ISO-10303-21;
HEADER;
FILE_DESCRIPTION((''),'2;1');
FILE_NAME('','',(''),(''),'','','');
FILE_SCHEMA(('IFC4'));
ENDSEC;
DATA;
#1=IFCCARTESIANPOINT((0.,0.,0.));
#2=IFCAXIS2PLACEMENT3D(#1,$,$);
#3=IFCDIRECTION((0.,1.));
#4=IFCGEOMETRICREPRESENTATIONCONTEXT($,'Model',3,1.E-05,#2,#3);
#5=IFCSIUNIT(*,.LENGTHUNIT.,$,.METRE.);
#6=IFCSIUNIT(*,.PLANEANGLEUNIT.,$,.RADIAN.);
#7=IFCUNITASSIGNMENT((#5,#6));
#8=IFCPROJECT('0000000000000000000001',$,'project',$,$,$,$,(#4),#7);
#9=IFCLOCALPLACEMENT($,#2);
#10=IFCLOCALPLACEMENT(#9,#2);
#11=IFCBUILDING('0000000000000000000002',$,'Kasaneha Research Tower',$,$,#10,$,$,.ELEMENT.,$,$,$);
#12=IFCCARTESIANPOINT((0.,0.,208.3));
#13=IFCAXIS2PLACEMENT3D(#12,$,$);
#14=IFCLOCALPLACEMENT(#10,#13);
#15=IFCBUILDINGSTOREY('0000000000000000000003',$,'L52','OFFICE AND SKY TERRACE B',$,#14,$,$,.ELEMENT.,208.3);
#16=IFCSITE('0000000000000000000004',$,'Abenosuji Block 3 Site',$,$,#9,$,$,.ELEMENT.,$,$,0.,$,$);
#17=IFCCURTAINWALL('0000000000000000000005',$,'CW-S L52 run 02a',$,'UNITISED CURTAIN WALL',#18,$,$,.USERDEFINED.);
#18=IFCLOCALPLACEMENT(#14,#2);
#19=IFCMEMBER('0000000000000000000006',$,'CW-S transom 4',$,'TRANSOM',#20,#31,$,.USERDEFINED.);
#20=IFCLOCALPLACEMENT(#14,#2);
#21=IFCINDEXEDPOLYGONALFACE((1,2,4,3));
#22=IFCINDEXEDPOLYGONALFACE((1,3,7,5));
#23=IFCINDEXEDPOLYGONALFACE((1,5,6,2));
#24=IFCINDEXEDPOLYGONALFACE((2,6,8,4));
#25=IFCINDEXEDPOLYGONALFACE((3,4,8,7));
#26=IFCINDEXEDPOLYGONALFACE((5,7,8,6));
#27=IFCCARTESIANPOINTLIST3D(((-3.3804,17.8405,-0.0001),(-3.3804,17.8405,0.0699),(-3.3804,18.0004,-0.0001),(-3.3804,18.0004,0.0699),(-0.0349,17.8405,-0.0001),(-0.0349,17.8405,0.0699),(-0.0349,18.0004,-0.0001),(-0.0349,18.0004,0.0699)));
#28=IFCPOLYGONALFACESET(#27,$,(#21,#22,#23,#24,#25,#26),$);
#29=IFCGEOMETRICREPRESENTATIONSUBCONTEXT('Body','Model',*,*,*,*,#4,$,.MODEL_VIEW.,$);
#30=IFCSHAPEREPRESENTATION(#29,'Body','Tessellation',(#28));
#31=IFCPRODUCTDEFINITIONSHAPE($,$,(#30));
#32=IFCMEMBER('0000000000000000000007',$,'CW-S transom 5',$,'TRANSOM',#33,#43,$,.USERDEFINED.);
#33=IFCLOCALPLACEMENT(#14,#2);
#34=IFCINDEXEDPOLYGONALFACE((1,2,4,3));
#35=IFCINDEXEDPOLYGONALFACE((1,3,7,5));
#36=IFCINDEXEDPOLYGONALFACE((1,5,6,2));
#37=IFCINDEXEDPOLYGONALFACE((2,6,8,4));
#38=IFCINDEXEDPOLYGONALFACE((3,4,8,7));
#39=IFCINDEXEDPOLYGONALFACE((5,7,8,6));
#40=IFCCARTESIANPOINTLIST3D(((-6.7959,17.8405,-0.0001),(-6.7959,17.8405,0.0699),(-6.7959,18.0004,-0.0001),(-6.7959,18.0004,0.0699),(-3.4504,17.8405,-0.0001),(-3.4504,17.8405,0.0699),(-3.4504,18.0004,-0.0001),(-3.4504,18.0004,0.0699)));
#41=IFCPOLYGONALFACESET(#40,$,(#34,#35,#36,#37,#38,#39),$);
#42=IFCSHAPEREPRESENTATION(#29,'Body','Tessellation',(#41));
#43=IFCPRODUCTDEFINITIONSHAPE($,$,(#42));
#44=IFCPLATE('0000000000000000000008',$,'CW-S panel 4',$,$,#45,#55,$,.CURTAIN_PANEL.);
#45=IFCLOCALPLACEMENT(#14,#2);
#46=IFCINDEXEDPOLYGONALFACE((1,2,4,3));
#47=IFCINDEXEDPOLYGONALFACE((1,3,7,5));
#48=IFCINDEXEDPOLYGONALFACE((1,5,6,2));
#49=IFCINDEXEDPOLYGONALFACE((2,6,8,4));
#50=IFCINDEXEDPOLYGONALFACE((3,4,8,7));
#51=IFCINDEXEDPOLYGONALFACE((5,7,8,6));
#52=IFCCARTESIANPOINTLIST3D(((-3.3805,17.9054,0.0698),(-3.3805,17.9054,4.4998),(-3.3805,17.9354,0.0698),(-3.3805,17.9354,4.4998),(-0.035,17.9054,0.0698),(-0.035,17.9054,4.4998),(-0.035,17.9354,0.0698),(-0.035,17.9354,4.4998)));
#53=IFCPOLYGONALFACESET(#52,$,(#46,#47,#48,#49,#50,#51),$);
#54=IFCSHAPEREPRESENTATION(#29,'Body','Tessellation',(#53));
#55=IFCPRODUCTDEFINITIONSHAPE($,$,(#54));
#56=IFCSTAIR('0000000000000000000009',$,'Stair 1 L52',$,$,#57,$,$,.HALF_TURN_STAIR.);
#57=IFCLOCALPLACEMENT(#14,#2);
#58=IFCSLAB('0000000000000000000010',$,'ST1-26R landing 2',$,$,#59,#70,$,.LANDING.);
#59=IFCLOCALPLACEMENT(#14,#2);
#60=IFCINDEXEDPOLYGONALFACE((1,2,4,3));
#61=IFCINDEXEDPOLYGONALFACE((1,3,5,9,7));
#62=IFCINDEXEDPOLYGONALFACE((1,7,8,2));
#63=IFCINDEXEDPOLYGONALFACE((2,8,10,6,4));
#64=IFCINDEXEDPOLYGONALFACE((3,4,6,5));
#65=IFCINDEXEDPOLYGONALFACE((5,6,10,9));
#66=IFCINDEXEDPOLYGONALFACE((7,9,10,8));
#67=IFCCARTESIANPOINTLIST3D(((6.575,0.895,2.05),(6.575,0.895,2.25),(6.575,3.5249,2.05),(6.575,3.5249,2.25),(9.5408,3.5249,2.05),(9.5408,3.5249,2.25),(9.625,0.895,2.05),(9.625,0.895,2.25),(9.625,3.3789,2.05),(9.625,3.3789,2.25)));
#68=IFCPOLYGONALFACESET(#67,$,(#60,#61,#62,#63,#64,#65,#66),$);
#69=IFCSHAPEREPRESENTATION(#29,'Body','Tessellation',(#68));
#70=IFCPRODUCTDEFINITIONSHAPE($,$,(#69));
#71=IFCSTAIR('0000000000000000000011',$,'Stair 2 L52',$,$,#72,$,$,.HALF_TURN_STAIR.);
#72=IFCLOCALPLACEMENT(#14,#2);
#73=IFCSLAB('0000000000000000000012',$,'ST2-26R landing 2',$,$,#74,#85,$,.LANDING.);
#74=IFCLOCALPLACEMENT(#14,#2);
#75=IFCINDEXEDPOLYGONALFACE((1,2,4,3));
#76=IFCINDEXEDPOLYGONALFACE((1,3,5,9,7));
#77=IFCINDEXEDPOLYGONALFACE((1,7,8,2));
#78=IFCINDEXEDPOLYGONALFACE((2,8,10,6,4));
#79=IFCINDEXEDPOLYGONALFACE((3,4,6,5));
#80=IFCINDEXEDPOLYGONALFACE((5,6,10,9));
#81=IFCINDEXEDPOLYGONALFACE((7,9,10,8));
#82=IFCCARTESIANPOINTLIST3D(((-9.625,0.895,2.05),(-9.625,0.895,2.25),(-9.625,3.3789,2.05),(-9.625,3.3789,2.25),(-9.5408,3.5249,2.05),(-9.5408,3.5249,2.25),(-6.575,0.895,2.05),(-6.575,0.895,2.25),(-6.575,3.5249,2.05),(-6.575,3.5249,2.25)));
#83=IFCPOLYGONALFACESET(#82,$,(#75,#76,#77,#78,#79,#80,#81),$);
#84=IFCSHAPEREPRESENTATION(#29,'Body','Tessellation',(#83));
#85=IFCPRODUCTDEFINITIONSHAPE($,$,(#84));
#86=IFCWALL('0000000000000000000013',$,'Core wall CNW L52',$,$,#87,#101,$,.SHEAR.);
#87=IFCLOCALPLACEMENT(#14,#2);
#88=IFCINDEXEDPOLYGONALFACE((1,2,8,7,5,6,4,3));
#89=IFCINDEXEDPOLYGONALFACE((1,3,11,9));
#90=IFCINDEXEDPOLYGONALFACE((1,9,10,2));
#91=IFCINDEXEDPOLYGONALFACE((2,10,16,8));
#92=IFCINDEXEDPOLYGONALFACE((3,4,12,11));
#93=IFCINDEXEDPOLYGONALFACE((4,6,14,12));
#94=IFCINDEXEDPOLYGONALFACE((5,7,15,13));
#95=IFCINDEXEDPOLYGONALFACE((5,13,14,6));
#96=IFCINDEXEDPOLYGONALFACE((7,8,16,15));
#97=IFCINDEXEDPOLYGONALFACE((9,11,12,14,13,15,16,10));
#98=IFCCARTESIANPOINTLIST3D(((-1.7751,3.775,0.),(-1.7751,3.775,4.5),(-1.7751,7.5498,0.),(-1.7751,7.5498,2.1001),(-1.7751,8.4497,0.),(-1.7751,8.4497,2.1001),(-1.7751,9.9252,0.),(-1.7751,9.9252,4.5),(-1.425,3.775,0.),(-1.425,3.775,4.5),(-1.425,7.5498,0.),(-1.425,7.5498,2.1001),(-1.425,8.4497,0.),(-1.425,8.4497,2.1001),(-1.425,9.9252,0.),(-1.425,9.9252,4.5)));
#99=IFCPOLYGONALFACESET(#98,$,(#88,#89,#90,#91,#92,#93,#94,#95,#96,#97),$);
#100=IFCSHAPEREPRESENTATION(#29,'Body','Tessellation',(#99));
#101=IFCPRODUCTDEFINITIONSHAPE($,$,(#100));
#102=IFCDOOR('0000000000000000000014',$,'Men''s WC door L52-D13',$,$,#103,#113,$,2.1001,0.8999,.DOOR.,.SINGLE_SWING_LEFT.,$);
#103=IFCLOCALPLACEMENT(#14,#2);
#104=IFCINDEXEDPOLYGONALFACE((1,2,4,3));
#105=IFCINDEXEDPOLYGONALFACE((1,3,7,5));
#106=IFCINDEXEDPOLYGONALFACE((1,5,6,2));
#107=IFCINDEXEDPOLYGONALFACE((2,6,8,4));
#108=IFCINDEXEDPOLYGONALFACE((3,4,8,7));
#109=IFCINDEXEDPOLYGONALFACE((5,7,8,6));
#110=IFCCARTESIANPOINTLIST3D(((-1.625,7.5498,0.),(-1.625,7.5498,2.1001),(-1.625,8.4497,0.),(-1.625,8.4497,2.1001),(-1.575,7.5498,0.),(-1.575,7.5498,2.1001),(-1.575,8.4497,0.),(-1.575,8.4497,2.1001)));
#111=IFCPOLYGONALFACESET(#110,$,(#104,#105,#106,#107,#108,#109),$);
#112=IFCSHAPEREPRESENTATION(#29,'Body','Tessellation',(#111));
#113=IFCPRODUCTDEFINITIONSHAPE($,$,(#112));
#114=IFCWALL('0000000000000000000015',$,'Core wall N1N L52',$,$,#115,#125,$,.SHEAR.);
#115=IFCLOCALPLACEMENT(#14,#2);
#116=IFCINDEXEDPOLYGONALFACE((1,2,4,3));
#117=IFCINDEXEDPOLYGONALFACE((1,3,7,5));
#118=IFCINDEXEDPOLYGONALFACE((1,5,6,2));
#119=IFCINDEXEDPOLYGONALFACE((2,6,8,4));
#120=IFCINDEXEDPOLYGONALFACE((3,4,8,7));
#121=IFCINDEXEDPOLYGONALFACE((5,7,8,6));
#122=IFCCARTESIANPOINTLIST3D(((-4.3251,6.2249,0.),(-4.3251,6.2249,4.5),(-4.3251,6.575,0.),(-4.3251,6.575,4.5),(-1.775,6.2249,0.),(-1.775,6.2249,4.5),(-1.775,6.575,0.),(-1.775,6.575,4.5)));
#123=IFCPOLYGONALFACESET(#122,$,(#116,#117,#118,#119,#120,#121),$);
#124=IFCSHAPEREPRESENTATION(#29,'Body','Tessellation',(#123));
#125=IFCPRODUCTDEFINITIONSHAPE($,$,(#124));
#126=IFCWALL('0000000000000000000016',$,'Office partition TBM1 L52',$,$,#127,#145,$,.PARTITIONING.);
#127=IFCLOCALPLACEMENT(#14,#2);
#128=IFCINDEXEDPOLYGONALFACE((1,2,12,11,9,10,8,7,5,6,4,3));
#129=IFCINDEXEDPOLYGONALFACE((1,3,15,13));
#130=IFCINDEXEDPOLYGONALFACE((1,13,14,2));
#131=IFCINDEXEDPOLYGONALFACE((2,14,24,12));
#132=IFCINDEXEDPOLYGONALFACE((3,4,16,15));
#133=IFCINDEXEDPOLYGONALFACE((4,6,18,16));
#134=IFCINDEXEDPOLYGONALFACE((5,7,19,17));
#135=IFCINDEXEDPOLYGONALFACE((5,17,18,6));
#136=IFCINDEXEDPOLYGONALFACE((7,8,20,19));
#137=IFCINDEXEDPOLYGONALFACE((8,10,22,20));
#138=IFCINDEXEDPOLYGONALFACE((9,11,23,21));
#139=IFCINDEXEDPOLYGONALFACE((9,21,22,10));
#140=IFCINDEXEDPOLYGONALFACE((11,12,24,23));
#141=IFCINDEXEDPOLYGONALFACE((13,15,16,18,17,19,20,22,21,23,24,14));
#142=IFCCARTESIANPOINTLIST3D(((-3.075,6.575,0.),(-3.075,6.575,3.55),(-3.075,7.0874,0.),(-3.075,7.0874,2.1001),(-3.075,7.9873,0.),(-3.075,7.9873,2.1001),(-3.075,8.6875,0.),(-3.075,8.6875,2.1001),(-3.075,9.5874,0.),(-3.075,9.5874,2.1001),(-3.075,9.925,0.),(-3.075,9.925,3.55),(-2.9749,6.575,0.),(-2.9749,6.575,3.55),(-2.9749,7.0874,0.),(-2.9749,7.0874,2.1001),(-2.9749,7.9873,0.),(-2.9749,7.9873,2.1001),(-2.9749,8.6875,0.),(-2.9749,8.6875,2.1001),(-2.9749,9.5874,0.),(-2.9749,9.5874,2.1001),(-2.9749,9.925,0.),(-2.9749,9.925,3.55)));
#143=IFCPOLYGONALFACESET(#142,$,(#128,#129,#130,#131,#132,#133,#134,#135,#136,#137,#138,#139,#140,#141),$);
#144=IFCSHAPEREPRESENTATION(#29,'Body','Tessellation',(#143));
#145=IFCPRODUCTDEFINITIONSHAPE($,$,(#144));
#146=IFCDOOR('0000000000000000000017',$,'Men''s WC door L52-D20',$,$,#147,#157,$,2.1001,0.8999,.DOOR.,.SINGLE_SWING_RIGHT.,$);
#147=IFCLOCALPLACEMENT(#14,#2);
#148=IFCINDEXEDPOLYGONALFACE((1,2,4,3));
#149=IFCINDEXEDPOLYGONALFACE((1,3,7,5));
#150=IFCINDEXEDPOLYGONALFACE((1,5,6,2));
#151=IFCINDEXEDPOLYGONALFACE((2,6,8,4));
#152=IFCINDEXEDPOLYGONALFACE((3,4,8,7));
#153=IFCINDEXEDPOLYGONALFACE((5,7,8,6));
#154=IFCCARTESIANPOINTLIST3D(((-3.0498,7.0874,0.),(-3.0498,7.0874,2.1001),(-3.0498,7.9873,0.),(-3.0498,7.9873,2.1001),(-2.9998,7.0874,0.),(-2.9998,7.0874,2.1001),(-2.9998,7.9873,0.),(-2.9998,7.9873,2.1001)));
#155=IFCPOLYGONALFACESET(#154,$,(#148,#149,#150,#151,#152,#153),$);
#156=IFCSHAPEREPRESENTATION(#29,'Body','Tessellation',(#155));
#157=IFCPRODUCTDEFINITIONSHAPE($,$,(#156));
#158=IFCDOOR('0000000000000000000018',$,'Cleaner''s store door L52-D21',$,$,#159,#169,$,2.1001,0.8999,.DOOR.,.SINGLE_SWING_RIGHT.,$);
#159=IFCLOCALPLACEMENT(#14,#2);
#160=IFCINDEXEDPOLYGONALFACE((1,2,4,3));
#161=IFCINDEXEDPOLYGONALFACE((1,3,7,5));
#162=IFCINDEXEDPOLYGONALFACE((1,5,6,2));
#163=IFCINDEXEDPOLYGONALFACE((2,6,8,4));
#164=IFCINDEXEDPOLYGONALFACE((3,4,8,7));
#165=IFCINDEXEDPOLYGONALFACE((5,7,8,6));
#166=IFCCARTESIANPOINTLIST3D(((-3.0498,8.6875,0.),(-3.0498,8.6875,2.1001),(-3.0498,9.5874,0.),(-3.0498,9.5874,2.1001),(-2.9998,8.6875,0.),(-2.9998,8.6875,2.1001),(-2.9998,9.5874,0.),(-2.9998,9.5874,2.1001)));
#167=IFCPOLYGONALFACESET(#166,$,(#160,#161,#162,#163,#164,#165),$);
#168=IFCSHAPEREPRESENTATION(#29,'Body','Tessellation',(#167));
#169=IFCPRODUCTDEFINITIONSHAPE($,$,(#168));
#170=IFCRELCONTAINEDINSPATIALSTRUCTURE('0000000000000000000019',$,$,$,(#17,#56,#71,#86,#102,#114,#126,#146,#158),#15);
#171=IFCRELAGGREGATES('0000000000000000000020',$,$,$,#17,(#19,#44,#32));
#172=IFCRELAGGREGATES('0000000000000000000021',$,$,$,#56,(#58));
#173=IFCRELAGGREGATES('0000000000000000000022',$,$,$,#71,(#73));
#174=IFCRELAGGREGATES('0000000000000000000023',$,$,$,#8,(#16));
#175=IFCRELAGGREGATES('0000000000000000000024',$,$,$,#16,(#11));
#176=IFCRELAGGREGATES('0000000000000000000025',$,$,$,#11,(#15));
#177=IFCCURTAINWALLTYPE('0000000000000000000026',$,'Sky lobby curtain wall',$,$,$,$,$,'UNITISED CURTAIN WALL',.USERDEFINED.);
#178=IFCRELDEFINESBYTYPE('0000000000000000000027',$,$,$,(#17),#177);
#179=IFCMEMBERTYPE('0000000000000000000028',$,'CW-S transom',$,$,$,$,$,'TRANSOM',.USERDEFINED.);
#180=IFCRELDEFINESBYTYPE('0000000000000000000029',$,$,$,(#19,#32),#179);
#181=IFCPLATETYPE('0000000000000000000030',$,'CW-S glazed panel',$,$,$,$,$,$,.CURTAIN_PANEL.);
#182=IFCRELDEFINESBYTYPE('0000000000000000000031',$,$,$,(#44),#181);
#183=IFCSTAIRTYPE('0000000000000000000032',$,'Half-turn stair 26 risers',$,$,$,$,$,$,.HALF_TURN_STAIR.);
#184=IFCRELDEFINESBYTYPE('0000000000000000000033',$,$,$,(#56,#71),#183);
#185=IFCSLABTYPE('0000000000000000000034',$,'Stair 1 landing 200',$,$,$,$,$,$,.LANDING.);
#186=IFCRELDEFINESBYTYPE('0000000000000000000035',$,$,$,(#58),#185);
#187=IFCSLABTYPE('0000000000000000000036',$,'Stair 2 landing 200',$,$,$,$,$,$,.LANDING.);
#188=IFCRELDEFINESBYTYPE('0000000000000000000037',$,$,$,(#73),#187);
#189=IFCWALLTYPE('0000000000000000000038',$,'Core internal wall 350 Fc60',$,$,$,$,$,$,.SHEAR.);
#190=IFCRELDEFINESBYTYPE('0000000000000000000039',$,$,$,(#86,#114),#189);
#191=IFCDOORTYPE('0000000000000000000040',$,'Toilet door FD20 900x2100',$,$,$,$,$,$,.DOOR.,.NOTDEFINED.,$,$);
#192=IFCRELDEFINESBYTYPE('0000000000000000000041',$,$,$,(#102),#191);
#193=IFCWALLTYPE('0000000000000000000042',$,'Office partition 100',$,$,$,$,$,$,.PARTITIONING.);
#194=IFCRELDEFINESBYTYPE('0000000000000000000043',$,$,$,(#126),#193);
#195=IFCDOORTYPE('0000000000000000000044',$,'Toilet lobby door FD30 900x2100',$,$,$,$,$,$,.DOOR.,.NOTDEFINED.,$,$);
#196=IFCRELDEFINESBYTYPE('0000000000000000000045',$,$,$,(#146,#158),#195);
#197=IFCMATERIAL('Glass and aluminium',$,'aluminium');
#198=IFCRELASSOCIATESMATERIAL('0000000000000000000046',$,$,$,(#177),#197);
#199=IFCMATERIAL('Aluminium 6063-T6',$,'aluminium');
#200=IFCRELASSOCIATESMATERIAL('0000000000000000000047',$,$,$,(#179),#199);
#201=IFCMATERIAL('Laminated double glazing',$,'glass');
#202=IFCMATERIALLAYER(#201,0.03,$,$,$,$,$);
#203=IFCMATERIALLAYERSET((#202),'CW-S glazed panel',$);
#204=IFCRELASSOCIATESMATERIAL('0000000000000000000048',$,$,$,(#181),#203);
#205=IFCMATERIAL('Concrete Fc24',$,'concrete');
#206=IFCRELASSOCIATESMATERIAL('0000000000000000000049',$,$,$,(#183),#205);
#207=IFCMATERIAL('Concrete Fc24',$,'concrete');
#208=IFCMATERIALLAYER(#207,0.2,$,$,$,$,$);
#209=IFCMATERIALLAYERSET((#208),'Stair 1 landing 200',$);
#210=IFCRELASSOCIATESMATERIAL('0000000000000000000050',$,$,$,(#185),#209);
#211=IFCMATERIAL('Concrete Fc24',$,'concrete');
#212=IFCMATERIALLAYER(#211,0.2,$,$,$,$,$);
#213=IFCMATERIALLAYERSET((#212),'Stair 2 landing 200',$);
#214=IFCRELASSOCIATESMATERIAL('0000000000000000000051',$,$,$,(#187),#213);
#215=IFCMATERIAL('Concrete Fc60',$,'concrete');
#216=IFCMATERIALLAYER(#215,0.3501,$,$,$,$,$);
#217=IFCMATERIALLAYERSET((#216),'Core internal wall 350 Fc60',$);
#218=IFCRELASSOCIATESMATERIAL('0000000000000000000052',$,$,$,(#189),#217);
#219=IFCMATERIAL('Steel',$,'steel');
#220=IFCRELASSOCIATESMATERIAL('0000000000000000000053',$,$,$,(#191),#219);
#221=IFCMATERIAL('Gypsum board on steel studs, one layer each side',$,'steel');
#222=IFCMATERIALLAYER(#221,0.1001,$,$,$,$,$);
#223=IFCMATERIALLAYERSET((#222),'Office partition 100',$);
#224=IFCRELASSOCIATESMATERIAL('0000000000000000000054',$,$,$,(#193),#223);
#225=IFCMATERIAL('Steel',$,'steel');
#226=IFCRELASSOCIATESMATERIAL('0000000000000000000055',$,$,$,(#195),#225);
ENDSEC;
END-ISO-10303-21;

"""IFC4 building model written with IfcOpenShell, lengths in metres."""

from ifc_helpers import new_model, si_unit, direction, frame, frame_2d, origin, origin_2d, place, context, subcontext, project, spatial, polyline, rectangle, outline, extrude, material, layer, layer_set, material_profile, profile_set, type_object, element, fill, aggregate, save


model = new_model("IFC4")

# Units and contexts
model_context = context("Model", 3, precision=1e-05, world=origin(), true_north=direction((0.0, 1.0)))
body_context = subcontext(model_context, "Body", "Model", "MODEL_VIEW")
ifc_project = project(units=[si_unit("LENGTHUNIT", "METRE"), si_unit("PLANEANGLEUNIT", "RADIAN")], contexts=[model_context])

# Site, building, storey
site_placement = place(None, origin())
site = spatial("IfcSite", under=ifc_project, at=site_placement, Name="Abenosuji Block 3 Site", CompositionType="ELEMENT", RefElevation=0.0)
building_placement = place(site_placement, origin())
building = spatial("IfcBuilding", under=site, at=building_placement, Name="Kasaneha Research Tower", CompositionType="ELEMENT")
storey_placement = place(building_placement, frame((0.0, 0.0, 208.3)))
storey = spatial("IfcBuildingStorey", under=building, at=storey_placement, Name="L52", Description="OFFICE AND SKY TERRACE B", CompositionType="ELEMENT", Elevation=208.3)

# Curtain wall, members, plate
ifc_material_1 = material(Name="Glass and aluminium", Category="aluminium")
curtain_wall_type = type_object("IfcCurtainWallType", Name="Sky lobby curtain wall", ElementType="UNITISED CURTAIN WALL", PredefinedType="USERDEFINED", material=ifc_material_1)
curtain_wall_placement = place(storey_placement, origin())
curtain_wall = element("IfcCurtainWall", 1, at=curtain_wall_placement, inside=storey, type_object=curtain_wall_type, Name="CW-S L52 run 02a", ObjectType="UNITISED CURTAIN WALL", PredefinedType="USERDEFINED")
ifc_material_2 = material(Name="Aluminium 6063-T6", Category="aluminium")
ifc_material_profile = material_profile(ifc_material_2, rectangle(XDim=0.1599, YDim=0.0701, at=origin_2d()), Name="CW-S transom 160x70")
ifc_profile_set = profile_set([ifc_material_profile], Name="Aluminium 6063-T6")
member_type = type_object("IfcMemberType", Name="CW-S transom", ElementType="TRANSOM", PredefinedType="USERDEFINED", material=ifc_profile_set)
member_1_placement = place(storey_placement, frame((-0.0349, 17.9204, 0.0349), z_axis=(-1.0, 0.0, 0.0), x_axis=(0.0, -1.0, 0.0)))
member_1 = element("IfcMember", 2, at=member_1_placement, type_object=member_type, Name="CW-S transom 4", ObjectType="TRANSOM", PredefinedType="USERDEFINED", context=body_context, shape_type="SweptSolid", body=[
    extrude(rectangle(XDim=0.1599, YDim=0.0701, at=origin_2d()), origin(), (0.0, 0.0, 1.0), 3.3455),
])
member_2_placement = place(storey_placement, frame((-3.4504, 17.9204, 0.0349), z_axis=(-1.0, 0.0, 0.0), x_axis=(0.0, -1.0, 0.0)))
member_2 = element("IfcMember", 3, at=member_2_placement, type_object=member_type, Name="CW-S transom 5", ObjectType="TRANSOM", PredefinedType="USERDEFINED", context=body_context, shape_type="SweptSolid", body=[
    extrude(rectangle(XDim=0.1599, YDim=0.0701, at=origin_2d()), origin(), (0.0, 0.0, 1.0), 3.3455),
])
ifc_material_3 = material(Name="Laminated double glazing", Category="glass")
ifc_layer_1 = layer(ifc_material_3, 0.03)
ifc_layer_set_1 = layer_set([ifc_layer_1], Name="CW-S glazed panel")
plate_type = type_object("IfcPlateType", Name="CW-S glazed panel", PredefinedType="CURTAIN_PANEL", material=ifc_layer_set_1)
plate_placement = place(storey_placement, frame((-1.7078, 17.9204, 0.0698), z_axis=(0.0, 0.0, 1.0), x_axis=(-1.0, 0.0, 0.0)))
plate = element("IfcPlate", 4, at=plate_placement, type_object=plate_type, Name="CW-S panel 4", PredefinedType="CURTAIN_PANEL", context=body_context, shape_type="SweptSolid", body=[
    extrude(rectangle(XDim=3.3455, YDim=0.03, at=origin_2d()), origin(), (0.0, 0.0, 1.0), 4.4299),
])
aggregate(curtain_wall, [member_1, plate, member_2])

# Stairs, slabs
ifc_material_4 = material(Name="Concrete Fc24", Category="concrete")
stair_type = type_object("IfcStairType", Name="Half-turn stair 26 risers", PredefinedType="HALF_TURN_STAIR", material=ifc_material_4)
stair_1_placement = place(storey_placement, origin())
stair_1 = element("IfcStair", 5, at=stair_1_placement, inside=storey, type_object=stair_type, Name="Stair 1 L52", PredefinedType="HALF_TURN_STAIR")
ifc_material_5 = material(Name="Concrete Fc24", Category="concrete")
ifc_layer_2 = layer(ifc_material_5, 0.2)
ifc_layer_set_2 = layer_set([ifc_layer_2], Name="Stair 1 landing 200")
slab_type_1 = type_object("IfcSlabType", Name="Stair 1 landing 200", PredefinedType="LANDING", material=ifc_layer_set_2)
slab_1_placement = place(storey_placement, frame((0.0, 0.0, 2.05)))
slab_1 = element("IfcSlab", 6, at=slab_1_placement, type_object=slab_type_1, Name="ST1-26R landing 2", PredefinedType="LANDING", context=body_context, shape_type="SweptSolid", body=[
    extrude(outline(polyline([(6.575, 3.5249), (9.5408, 3.5249), (9.625, 3.3789), (9.625, 0.895), (6.575, 0.895), (6.575, 3.5249)])), origin(), (0.0, 0.0, 1.0), 0.2),
])
aggregate(stair_1, [slab_1])
stair_2_placement = place(storey_placement, origin())
stair_2 = element("IfcStair", 7, at=stair_2_placement, inside=storey, type_object=stair_type, Name="Stair 2 L52", PredefinedType="HALF_TURN_STAIR")
ifc_material_6 = material(Name="Concrete Fc24", Category="concrete")
ifc_layer_3 = layer(ifc_material_6, 0.2)
ifc_layer_set_3 = layer_set([ifc_layer_3], Name="Stair 2 landing 200")
slab_type_2 = type_object("IfcSlabType", Name="Stair 2 landing 200", PredefinedType="LANDING", material=ifc_layer_set_3)
slab_2_placement = place(storey_placement, frame((0.0, 0.0, 2.05)))
slab_2 = element("IfcSlab", 8, at=slab_2_placement, type_object=slab_type_2, Name="ST2-26R landing 2", PredefinedType="LANDING", context=body_context, shape_type="SweptSolid", body=[
    extrude(outline(polyline([(-6.575, 0.895), (-9.625, 0.895), (-9.625, 3.3789), (-9.5408, 3.5249), (-6.575, 3.5249), (-6.575, 0.895)])), origin(), (0.0, 0.0, 1.0), 0.2),
])
aggregate(stair_2, [slab_2])

# Wall, opening, door
ifc_material_7 = material(Name="Concrete Fc60", Category="concrete")
ifc_layer_4 = layer(ifc_material_7, 0.3501)
ifc_layer_set_4 = layer_set([ifc_layer_4], Name="Core internal wall 350 Fc60")
wall_type_1 = type_object("IfcWallType", Name="Core internal wall 350 Fc60", PredefinedType="SHEAR", material=ifc_layer_set_4)
wall_1_placement = place(storey_placement, frame((-1.6001, 3.7749, 0.0), z_axis=(0.0, 0.0, 1.0), x_axis=(0.0, 1.0, 0.0)))
wall_1 = element("IfcWall", 9, at=wall_1_placement, inside=storey, type_object=wall_type_1, Name="Core wall CNW L52", PredefinedType="SHEAR", context=body_context, shape_type="SweptSolid", body=[
    extrude(rectangle(XDim=6.1501, YDim=0.3501, at=frame_2d((3.0752, 0.0))), origin(), (0.0, 0.0, 1.0), 4.5),
])
opening_1_placement = place(wall_1_placement, frame((3.7749, 0.0, 0.0)))
opening_1 = element("IfcOpeningElement", 10, at=opening_1_placement, cuts=wall_1, PredefinedType="OPENING", context=body_context, shape_type="SweptSolid", body=[
    extrude(rectangle(XDim=0.8999, YDim=2.1001, at=frame_2d((0.45, 1.05))), frame((0.0, 0.1851, 0.0), z_axis=(0.0, -1.0, 0.0), x_axis=(1.0, 0.0, 0.0)), (0.0, 0.0, 1.0), 0.3701),
])
ifc_material_8 = material(Name="Steel", Category="steel")
door_type_1 = type_object("IfcDoorType", Name="Toilet door FD20 900x2100", OperationType="NOTDEFINED", PredefinedType="DOOR", material=ifc_material_8)
door_1_placement = place(opening_1_placement, origin())
door_1 = element("IfcDoor", 11, at=door_1_placement, inside=storey, type_object=door_type_1, Name="Men's WC door L52-D13", OperationType="SINGLE_SWING_LEFT", OverallHeight=2.1001, OverallWidth=0.8999, PredefinedType="DOOR", context=body_context, shape_type="SweptSolid", body=[
    extrude(rectangle(XDim=0.8999, YDim=2.1001, at=frame_2d((0.45, 1.05))), frame((0.0, 0.0249, 0.0), z_axis=(0.0, -1.0, 0.0), x_axis=(1.0, 0.0, 0.0)), (0.0, 0.0, 1.0), 0.05),
])
fill(opening_1, door_1)

# Wall
wall_2_placement = place(storey_placement, frame((-4.325, 6.3999, 0.0), z_axis=(0.0, 0.0, 1.0), x_axis=(1.0, 0.0, 0.0)))
element("IfcWall", 12, at=wall_2_placement, inside=storey, type_object=wall_type_1, Name="Core wall N1N L52", PredefinedType="SHEAR", context=body_context, shape_type="SweptSolid", body=[
    extrude(rectangle(XDim=2.55, YDim=0.3501, at=frame_2d((1.2749, 0.0))), origin(), (0.0, 0.0, 1.0), 4.5),
])

# Wall, openings, doors
ifc_material_9 = material(Name="Gypsum board on steel studs, one layer each side", Category="steel")
ifc_layer_5 = layer(ifc_material_9, 0.1001)
ifc_layer_set_5 = layer_set([ifc_layer_5], Name="Office partition 100")
wall_type_2 = type_object("IfcWallType", Name="Office partition 100", PredefinedType="PARTITIONING", material=ifc_layer_set_5)
wall_3_placement = place(storey_placement, frame((-3.0249, 6.575, 0.0), z_axis=(0.0, 0.0, 1.0), x_axis=(0.0, 1.0, 0.0)))
wall_3 = element("IfcWall", 13, at=wall_3_placement, inside=storey, type_object=wall_type_2, Name="Office partition TBM1 L52", PredefinedType="PARTITIONING", context=body_context, shape_type="SweptSolid", body=[
    extrude(rectangle(XDim=3.3501, YDim=0.1001, at=frame_2d((1.675, 0.0))), origin(), (0.0, 0.0, 1.0), 3.55),
])
opening_2_placement = place(wall_3_placement, frame((0.5125, 0.0, 0.0)))
opening_2 = element("IfcOpeningElement", 14, at=opening_2_placement, cuts=wall_3, PredefinedType="OPENING", context=body_context, shape_type="SweptSolid", body=[
    extrude(rectangle(XDim=0.8999, YDim=2.1001, at=frame_2d((0.45, 1.05))), frame((0.0, 0.0601, 0.0), z_axis=(0.0, -1.0, 0.0), x_axis=(1.0, 0.0, 0.0)), (0.0, 0.0, 1.0), 0.1201),
])
opening_3_placement = place(wall_3_placement, frame((2.1125, 0.0, 0.0)))
opening_3 = element("IfcOpeningElement", 15, at=opening_3_placement, cuts=wall_3, PredefinedType="OPENING", context=body_context, shape_type="SweptSolid", body=[
    extrude(rectangle(XDim=0.8999, YDim=2.1001, at=frame_2d((0.45, 1.05))), frame((0.0, 0.0601, 0.0), z_axis=(0.0, -1.0, 0.0), x_axis=(1.0, 0.0, 0.0)), (0.0, 0.0, 1.0), 0.1201),
])
ifc_material_10 = material(Name="Steel", Category="steel")
door_type_2 = type_object("IfcDoorType", Name="Toilet lobby door FD30 900x2100", OperationType="NOTDEFINED", PredefinedType="DOOR", material=ifc_material_10)
door_2_placement = place(opening_2_placement, origin())
door_2 = element("IfcDoor", 16, at=door_2_placement, inside=storey, type_object=door_type_2, Name="Men's WC door L52-D20", OperationType="SINGLE_SWING_RIGHT", OverallHeight=2.1001, OverallWidth=0.8999, PredefinedType="DOOR", context=body_context, shape_type="SweptSolid", body=[
    extrude(rectangle(XDim=0.8999, YDim=2.1001, at=frame_2d((0.45, 1.05))), frame((0.0, 0.0249, 0.0), z_axis=(0.0, -1.0, 0.0), x_axis=(1.0, 0.0, 0.0)), (0.0, 0.0, 1.0), 0.05),
])
fill(opening_2, door_2)
door_3_placement = place(opening_3_placement, origin())
door_3 = element("IfcDoor", 17, at=door_3_placement, inside=storey, type_object=door_type_2, Name="Cleaner's store door L52-D21", OperationType="SINGLE_SWING_RIGHT", OverallHeight=2.1001, OverallWidth=0.8999, PredefinedType="DOOR", context=body_context, shape_type="SweptSolid", body=[
    extrude(rectangle(XDim=0.8999, YDim=2.1001, at=frame_2d((0.45, 1.05))), frame((0.0, 0.0249, 0.0), z_axis=(0.0, -1.0, 0.0), x_axis=(1.0, 0.0, 0.0)), (0.0, 0.0, 1.0), 0.05),
])
fill(opening_3, door_3)

save(model, "model.ifc")
